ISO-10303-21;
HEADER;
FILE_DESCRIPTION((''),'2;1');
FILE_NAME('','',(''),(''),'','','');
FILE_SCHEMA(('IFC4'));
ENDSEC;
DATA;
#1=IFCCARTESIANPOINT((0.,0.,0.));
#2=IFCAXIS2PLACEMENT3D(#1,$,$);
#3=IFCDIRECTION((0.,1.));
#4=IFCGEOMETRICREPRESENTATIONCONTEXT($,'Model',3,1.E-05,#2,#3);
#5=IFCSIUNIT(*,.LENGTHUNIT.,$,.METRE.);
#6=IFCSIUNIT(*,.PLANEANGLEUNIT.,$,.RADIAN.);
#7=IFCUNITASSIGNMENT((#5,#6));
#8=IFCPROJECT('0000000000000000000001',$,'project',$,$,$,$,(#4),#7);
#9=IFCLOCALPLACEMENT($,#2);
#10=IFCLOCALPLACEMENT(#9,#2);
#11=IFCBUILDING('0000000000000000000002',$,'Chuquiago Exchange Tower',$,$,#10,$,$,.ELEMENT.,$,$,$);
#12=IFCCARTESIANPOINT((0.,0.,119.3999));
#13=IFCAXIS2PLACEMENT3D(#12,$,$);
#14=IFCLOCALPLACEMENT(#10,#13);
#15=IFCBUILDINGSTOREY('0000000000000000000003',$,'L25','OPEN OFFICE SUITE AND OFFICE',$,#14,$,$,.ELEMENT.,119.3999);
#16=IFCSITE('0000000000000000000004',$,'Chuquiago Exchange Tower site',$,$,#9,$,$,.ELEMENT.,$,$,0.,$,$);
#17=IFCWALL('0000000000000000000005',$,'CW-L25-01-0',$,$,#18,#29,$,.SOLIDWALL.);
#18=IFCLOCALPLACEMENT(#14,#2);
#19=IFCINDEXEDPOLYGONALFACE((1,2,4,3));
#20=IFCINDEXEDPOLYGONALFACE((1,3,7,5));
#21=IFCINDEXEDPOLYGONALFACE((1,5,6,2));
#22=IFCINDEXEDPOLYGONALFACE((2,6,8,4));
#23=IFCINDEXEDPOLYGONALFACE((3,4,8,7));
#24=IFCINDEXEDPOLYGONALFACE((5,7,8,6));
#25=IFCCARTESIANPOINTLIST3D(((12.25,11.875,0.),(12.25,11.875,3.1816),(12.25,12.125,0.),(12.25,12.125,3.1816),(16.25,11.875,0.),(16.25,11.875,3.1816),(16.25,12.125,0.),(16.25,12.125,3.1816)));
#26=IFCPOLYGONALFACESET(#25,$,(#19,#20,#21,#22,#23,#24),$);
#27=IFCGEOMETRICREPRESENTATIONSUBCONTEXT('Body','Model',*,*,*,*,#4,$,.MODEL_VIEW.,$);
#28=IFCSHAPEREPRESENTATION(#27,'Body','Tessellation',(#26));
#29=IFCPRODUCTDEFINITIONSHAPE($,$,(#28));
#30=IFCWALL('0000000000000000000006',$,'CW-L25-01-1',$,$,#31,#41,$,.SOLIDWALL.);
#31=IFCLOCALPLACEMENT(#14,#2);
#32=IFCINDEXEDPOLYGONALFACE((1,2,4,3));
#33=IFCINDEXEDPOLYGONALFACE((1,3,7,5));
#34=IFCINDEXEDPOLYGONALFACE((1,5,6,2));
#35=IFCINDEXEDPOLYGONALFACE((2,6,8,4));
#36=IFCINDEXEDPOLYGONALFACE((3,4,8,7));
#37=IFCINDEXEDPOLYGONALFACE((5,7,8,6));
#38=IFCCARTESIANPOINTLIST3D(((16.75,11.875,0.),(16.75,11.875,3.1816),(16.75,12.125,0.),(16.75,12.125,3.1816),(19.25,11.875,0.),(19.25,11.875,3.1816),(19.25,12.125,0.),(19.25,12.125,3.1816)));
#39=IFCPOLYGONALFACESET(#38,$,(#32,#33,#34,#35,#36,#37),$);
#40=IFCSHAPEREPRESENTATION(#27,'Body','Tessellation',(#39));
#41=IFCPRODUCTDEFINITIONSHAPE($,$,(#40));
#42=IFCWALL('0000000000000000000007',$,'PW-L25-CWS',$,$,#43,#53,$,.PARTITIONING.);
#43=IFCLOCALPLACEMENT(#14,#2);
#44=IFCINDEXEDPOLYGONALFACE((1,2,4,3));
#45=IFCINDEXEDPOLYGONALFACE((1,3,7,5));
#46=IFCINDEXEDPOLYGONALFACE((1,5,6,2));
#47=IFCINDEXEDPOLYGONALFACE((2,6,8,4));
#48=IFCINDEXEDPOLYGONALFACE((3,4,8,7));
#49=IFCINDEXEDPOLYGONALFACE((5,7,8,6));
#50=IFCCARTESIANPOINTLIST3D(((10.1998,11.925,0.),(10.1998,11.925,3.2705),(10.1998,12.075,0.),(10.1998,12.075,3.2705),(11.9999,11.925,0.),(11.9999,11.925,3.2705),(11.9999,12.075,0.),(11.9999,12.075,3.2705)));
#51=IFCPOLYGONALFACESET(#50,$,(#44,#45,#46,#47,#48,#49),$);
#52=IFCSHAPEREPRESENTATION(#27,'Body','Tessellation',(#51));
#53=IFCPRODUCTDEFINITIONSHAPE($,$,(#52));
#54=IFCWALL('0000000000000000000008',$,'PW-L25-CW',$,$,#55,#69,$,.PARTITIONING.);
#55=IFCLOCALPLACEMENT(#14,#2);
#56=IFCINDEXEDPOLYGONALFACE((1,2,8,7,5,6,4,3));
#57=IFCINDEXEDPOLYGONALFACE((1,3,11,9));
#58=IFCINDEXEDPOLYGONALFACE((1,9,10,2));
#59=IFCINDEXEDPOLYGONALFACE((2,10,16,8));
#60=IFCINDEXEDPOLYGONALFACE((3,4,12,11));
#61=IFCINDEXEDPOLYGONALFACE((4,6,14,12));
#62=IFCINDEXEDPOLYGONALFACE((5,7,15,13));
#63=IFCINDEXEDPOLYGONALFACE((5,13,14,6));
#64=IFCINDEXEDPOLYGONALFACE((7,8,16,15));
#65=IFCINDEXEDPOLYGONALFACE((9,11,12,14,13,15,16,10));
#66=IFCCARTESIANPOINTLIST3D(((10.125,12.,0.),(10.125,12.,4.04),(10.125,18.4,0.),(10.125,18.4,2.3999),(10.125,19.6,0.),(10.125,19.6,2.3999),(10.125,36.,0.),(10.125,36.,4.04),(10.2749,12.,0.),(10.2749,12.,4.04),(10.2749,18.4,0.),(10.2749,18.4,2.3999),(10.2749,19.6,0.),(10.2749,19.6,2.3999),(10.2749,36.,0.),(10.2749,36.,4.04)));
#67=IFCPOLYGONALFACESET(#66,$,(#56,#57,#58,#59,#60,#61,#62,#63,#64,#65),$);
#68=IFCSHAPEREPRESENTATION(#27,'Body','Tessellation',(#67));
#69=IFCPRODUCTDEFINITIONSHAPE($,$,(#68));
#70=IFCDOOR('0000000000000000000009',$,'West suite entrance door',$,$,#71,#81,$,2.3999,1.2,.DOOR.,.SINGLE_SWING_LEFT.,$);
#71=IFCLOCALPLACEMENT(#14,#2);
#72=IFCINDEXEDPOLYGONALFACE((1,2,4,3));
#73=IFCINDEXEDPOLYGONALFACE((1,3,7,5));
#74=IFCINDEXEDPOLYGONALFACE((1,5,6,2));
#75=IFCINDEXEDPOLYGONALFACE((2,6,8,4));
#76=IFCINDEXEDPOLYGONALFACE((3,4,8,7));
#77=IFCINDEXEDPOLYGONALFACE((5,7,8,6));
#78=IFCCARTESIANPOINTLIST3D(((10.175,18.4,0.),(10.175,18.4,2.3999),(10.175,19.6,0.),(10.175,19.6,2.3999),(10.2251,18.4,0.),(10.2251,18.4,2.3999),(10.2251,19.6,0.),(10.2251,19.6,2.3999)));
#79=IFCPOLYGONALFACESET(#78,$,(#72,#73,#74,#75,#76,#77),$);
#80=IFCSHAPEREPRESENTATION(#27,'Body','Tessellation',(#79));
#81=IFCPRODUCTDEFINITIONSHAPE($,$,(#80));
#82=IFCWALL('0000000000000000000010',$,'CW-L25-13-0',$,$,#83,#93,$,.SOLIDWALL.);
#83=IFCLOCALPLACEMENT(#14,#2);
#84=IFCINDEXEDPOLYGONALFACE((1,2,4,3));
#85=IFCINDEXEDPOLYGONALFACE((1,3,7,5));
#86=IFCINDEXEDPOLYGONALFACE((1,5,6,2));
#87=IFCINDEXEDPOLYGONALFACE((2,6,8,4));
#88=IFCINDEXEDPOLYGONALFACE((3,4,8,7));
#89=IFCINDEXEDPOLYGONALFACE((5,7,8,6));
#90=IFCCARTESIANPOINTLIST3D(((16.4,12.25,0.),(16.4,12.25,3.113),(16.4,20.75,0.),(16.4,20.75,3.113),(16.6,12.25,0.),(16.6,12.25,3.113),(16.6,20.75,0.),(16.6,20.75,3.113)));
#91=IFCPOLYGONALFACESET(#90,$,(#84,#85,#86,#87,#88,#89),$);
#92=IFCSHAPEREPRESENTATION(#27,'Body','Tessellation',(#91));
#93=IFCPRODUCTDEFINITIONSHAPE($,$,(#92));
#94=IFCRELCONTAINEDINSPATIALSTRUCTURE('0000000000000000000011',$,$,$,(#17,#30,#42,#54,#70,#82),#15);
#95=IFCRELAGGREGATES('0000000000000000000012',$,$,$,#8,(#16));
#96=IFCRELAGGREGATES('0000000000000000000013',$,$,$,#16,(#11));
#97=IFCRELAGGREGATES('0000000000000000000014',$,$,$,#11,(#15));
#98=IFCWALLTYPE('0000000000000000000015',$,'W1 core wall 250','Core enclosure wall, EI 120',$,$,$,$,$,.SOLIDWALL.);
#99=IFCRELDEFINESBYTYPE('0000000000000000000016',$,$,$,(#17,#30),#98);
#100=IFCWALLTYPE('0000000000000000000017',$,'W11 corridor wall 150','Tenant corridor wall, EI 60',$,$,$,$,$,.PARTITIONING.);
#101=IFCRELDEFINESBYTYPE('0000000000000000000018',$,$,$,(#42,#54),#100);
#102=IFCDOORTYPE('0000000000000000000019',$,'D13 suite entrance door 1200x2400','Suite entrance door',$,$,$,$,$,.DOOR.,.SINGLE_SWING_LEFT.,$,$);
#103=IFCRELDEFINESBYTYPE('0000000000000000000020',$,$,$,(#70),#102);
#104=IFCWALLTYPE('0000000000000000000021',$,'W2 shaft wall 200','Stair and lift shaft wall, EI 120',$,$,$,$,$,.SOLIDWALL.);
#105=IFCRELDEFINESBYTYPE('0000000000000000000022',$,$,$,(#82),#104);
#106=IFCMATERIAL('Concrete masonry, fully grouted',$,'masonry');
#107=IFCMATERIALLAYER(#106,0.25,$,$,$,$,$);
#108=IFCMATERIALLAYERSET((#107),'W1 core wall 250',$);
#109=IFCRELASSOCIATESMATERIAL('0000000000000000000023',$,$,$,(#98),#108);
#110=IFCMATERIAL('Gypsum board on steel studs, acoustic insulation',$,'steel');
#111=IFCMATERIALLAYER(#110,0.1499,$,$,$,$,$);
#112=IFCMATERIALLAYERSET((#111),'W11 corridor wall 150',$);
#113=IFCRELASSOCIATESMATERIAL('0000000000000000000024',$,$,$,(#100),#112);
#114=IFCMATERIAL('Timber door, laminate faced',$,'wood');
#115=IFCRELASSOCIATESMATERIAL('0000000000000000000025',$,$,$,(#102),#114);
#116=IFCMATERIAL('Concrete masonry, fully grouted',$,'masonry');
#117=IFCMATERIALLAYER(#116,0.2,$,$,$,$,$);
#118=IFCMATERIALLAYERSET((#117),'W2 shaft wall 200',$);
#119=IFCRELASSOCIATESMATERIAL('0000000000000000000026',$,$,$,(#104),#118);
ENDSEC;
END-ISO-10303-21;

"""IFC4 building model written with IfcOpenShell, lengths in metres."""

from ifc_helpers import new_model, si_unit, direction, frame, frame_2d, origin, place, context, subcontext, project, spatial, rectangle, extrude, material, layer, layer_set, type_object, element, fill, save


model = new_model("IFC4")

# Units and contexts
model_context = context("Model", 3, precision=1e-05, world=origin(), true_north=direction((0.0, 1.0)))
body_context = subcontext(model_context, "Body", "Model", "MODEL_VIEW")
ifc_project = project(units=[si_unit("LENGTHUNIT", "METRE"), si_unit("PLANEANGLEUNIT", "RADIAN")], contexts=[model_context])

# Site, building, storey
site_placement = place(None, origin())
site = spatial("IfcSite", under=ifc_project, at=site_placement, Name="Chuquiago Exchange Tower site", CompositionType="ELEMENT", RefElevation=0.0)
building_placement = place(site_placement, origin())
building = spatial("IfcBuilding", under=site, at=building_placement, Name="Chuquiago Exchange Tower", CompositionType="ELEMENT")
storey_placement = place(building_placement, frame((0.0, 0.0, 119.3999)))
storey = spatial("IfcBuildingStorey", under=building, at=storey_placement, Name="L25", Description="OPEN OFFICE SUITE AND OFFICE", CompositionType="ELEMENT", Elevation=119.3999)

# Shared definitions
ifc_material_1 = material(Name="Concrete masonry, fully grouted", Category="masonry")
ifc_layer_1 = layer(ifc_material_1, 0.25)
ifc_layer_set_1 = layer_set([ifc_layer_1], Name="W1 core wall 250")
wall_type_1 = type_object("IfcWallType", Name="W1 core wall 250", Description="Core enclosure wall, EI 120", PredefinedType="SOLIDWALL", material=ifc_layer_set_1)

# Walls
wall_1_placement = place(storey_placement, frame((12.25, 12.0, 0.0), z_axis=(0.0, 0.0, 1.0), x_axis=(1.0, 0.0, 0.0)))
element("IfcWall", 1, at=wall_1_placement, inside=storey, type_object=wall_type_1, Name="CW-L25-01-0", PredefinedType="SOLIDWALL", context=body_context, shape_type="SweptSolid", body=[
    extrude(rectangle(XDim=4.0, YDim=0.25, at=frame_2d((2.0, 0.0))), origin(), (0.0, 0.0, 1.0), 3.1816),
])
wall_2_placement = place(storey_placement, frame((16.75, 12.0, 0.0), z_axis=(0.0, 0.0, 1.0), x_axis=(1.0, 0.0, 0.0)))
element("IfcWall", 2, at=wall_2_placement, inside=storey, type_object=wall_type_1, Name="CW-L25-01-1", PredefinedType="SOLIDWALL", context=body_context, shape_type="SweptSolid", body=[
    extrude(rectangle(XDim=2.5, YDim=0.25, at=frame_2d((1.25, 0.0))), origin(), (0.0, 0.0, 1.0), 3.1816),
])
ifc_material_2 = material(Name="Gypsum board on steel studs, acoustic insulation", Category="steel")
ifc_layer_2 = layer(ifc_material_2, 0.1499)
ifc_layer_set_2 = layer_set([ifc_layer_2], Name="W11 corridor wall 150")
wall_type_2 = type_object("IfcWallType", Name="W11 corridor wall 150", Description="Tenant corridor wall, EI 60", PredefinedType="PARTITIONING", material=ifc_layer_set_2)
wall_3_placement = place(storey_placement, frame((10.2, 12.0, 0.0), z_axis=(0.0, 0.0, 1.0), x_axis=(1.0, 0.0, 0.0)))
element("IfcWall", 3, at=wall_3_placement, inside=storey, type_object=wall_type_2, Name="PW-L25-CWS", PredefinedType="PARTITIONING", context=body_context, shape_type="SweptSolid", body=[
    extrude(rectangle(XDim=1.8, YDim=0.1499, at=frame_2d((0.8999, 0.0))), origin(), (0.0, 0.0, 1.0), 3.2705),
])

# Wall, opening, door
wall_4_placement = place(storey_placement, frame((10.2, 12.0, 0.0), z_axis=(0.0, 0.0, 1.0), x_axis=(0.0, 1.0, 0.0)))
wall_4 = element("IfcWall", 4, at=wall_4_placement, inside=storey, type_object=wall_type_2, Name="PW-L25-CW", PredefinedType="PARTITIONING", context=body_context, shape_type="SweptSolid", body=[
    extrude(rectangle(XDim=24.0, YDim=0.1499, at=frame_2d((12.0, 0.0))), origin(), (0.0, 0.0, 1.0), 4.04),
])
opening_1_placement = place(wall_4_placement, frame((6.3999, 0.0, 0.0)))
opening_1 = element("IfcOpeningElement", 5, at=opening_1_placement, cuts=wall_4, PredefinedType="OPENING", context=body_context, shape_type="SweptSolid", body=[
    extrude(rectangle(XDim=1.2, YDim=2.3999, at=frame_2d((0.6001, 1.2))), frame((0.0, 0.085, 0.0), z_axis=(0.0, -1.0, 0.0), x_axis=(1.0, 0.0, 0.0)), (0.0, 0.0, 1.0), 0.1699),
])
ifc_material_3 = material(Name="Timber door, laminate faced", Category="wood")
door_type_1 = type_object("IfcDoorType", Name="D13 suite entrance door 1200x2400", Description="Suite entrance door", OperationType="SINGLE_SWING_LEFT", PredefinedType="DOOR", material=ifc_material_3)
door_1_placement = place(opening_1_placement, origin())
door_1 = element("IfcDoor", 6, at=door_1_placement, inside=storey, type_object=door_type_1, Name="West suite entrance door", OperationType="SINGLE_SWING_LEFT", OverallHeight=2.3999, OverallWidth=1.2, PredefinedType="DOOR", context=body_context, shape_type="SweptSolid", body=[
    extrude(rectangle(XDim=1.2, YDim=2.3999, at=frame_2d((0.6001, 1.2))), frame((0.0, 0.0249, 0.0), z_axis=(0.0, -1.0, 0.0), x_axis=(1.0, 0.0, 0.0)), (0.0, 0.0, 1.0), 0.05),
])
fill(opening_1, door_1)

# Wall
ifc_material_4 = material(Name="Concrete masonry, fully grouted", Category="masonry")
ifc_layer_3 = layer(ifc_material_4, 0.2)
ifc_layer_set_3 = layer_set([ifc_layer_3], Name="W2 shaft wall 200")
wall_type_3 = type_object("IfcWallType", Name="W2 shaft wall 200", Description="Stair and lift shaft wall, EI 120", PredefinedType="SOLIDWALL", material=ifc_layer_set_3)
wall_5_placement = place(storey_placement, frame((16.5, 12.25, 0.0), z_axis=(0.0, 0.0, 1.0), x_axis=(0.0, 1.0, 0.0)))
element("IfcWall", 7, at=wall_5_placement, inside=storey, type_object=wall_type_3, Name="CW-L25-13-0", PredefinedType="SOLIDWALL", context=body_context, shape_type="SweptSolid", body=[
    extrude(rectangle(XDim=8.5, YDim=0.2, at=frame_2d((4.25, 0.0))), origin(), (0.0, 0.0, 1.0), 3.113),
])

save(model, "model.ifc")
